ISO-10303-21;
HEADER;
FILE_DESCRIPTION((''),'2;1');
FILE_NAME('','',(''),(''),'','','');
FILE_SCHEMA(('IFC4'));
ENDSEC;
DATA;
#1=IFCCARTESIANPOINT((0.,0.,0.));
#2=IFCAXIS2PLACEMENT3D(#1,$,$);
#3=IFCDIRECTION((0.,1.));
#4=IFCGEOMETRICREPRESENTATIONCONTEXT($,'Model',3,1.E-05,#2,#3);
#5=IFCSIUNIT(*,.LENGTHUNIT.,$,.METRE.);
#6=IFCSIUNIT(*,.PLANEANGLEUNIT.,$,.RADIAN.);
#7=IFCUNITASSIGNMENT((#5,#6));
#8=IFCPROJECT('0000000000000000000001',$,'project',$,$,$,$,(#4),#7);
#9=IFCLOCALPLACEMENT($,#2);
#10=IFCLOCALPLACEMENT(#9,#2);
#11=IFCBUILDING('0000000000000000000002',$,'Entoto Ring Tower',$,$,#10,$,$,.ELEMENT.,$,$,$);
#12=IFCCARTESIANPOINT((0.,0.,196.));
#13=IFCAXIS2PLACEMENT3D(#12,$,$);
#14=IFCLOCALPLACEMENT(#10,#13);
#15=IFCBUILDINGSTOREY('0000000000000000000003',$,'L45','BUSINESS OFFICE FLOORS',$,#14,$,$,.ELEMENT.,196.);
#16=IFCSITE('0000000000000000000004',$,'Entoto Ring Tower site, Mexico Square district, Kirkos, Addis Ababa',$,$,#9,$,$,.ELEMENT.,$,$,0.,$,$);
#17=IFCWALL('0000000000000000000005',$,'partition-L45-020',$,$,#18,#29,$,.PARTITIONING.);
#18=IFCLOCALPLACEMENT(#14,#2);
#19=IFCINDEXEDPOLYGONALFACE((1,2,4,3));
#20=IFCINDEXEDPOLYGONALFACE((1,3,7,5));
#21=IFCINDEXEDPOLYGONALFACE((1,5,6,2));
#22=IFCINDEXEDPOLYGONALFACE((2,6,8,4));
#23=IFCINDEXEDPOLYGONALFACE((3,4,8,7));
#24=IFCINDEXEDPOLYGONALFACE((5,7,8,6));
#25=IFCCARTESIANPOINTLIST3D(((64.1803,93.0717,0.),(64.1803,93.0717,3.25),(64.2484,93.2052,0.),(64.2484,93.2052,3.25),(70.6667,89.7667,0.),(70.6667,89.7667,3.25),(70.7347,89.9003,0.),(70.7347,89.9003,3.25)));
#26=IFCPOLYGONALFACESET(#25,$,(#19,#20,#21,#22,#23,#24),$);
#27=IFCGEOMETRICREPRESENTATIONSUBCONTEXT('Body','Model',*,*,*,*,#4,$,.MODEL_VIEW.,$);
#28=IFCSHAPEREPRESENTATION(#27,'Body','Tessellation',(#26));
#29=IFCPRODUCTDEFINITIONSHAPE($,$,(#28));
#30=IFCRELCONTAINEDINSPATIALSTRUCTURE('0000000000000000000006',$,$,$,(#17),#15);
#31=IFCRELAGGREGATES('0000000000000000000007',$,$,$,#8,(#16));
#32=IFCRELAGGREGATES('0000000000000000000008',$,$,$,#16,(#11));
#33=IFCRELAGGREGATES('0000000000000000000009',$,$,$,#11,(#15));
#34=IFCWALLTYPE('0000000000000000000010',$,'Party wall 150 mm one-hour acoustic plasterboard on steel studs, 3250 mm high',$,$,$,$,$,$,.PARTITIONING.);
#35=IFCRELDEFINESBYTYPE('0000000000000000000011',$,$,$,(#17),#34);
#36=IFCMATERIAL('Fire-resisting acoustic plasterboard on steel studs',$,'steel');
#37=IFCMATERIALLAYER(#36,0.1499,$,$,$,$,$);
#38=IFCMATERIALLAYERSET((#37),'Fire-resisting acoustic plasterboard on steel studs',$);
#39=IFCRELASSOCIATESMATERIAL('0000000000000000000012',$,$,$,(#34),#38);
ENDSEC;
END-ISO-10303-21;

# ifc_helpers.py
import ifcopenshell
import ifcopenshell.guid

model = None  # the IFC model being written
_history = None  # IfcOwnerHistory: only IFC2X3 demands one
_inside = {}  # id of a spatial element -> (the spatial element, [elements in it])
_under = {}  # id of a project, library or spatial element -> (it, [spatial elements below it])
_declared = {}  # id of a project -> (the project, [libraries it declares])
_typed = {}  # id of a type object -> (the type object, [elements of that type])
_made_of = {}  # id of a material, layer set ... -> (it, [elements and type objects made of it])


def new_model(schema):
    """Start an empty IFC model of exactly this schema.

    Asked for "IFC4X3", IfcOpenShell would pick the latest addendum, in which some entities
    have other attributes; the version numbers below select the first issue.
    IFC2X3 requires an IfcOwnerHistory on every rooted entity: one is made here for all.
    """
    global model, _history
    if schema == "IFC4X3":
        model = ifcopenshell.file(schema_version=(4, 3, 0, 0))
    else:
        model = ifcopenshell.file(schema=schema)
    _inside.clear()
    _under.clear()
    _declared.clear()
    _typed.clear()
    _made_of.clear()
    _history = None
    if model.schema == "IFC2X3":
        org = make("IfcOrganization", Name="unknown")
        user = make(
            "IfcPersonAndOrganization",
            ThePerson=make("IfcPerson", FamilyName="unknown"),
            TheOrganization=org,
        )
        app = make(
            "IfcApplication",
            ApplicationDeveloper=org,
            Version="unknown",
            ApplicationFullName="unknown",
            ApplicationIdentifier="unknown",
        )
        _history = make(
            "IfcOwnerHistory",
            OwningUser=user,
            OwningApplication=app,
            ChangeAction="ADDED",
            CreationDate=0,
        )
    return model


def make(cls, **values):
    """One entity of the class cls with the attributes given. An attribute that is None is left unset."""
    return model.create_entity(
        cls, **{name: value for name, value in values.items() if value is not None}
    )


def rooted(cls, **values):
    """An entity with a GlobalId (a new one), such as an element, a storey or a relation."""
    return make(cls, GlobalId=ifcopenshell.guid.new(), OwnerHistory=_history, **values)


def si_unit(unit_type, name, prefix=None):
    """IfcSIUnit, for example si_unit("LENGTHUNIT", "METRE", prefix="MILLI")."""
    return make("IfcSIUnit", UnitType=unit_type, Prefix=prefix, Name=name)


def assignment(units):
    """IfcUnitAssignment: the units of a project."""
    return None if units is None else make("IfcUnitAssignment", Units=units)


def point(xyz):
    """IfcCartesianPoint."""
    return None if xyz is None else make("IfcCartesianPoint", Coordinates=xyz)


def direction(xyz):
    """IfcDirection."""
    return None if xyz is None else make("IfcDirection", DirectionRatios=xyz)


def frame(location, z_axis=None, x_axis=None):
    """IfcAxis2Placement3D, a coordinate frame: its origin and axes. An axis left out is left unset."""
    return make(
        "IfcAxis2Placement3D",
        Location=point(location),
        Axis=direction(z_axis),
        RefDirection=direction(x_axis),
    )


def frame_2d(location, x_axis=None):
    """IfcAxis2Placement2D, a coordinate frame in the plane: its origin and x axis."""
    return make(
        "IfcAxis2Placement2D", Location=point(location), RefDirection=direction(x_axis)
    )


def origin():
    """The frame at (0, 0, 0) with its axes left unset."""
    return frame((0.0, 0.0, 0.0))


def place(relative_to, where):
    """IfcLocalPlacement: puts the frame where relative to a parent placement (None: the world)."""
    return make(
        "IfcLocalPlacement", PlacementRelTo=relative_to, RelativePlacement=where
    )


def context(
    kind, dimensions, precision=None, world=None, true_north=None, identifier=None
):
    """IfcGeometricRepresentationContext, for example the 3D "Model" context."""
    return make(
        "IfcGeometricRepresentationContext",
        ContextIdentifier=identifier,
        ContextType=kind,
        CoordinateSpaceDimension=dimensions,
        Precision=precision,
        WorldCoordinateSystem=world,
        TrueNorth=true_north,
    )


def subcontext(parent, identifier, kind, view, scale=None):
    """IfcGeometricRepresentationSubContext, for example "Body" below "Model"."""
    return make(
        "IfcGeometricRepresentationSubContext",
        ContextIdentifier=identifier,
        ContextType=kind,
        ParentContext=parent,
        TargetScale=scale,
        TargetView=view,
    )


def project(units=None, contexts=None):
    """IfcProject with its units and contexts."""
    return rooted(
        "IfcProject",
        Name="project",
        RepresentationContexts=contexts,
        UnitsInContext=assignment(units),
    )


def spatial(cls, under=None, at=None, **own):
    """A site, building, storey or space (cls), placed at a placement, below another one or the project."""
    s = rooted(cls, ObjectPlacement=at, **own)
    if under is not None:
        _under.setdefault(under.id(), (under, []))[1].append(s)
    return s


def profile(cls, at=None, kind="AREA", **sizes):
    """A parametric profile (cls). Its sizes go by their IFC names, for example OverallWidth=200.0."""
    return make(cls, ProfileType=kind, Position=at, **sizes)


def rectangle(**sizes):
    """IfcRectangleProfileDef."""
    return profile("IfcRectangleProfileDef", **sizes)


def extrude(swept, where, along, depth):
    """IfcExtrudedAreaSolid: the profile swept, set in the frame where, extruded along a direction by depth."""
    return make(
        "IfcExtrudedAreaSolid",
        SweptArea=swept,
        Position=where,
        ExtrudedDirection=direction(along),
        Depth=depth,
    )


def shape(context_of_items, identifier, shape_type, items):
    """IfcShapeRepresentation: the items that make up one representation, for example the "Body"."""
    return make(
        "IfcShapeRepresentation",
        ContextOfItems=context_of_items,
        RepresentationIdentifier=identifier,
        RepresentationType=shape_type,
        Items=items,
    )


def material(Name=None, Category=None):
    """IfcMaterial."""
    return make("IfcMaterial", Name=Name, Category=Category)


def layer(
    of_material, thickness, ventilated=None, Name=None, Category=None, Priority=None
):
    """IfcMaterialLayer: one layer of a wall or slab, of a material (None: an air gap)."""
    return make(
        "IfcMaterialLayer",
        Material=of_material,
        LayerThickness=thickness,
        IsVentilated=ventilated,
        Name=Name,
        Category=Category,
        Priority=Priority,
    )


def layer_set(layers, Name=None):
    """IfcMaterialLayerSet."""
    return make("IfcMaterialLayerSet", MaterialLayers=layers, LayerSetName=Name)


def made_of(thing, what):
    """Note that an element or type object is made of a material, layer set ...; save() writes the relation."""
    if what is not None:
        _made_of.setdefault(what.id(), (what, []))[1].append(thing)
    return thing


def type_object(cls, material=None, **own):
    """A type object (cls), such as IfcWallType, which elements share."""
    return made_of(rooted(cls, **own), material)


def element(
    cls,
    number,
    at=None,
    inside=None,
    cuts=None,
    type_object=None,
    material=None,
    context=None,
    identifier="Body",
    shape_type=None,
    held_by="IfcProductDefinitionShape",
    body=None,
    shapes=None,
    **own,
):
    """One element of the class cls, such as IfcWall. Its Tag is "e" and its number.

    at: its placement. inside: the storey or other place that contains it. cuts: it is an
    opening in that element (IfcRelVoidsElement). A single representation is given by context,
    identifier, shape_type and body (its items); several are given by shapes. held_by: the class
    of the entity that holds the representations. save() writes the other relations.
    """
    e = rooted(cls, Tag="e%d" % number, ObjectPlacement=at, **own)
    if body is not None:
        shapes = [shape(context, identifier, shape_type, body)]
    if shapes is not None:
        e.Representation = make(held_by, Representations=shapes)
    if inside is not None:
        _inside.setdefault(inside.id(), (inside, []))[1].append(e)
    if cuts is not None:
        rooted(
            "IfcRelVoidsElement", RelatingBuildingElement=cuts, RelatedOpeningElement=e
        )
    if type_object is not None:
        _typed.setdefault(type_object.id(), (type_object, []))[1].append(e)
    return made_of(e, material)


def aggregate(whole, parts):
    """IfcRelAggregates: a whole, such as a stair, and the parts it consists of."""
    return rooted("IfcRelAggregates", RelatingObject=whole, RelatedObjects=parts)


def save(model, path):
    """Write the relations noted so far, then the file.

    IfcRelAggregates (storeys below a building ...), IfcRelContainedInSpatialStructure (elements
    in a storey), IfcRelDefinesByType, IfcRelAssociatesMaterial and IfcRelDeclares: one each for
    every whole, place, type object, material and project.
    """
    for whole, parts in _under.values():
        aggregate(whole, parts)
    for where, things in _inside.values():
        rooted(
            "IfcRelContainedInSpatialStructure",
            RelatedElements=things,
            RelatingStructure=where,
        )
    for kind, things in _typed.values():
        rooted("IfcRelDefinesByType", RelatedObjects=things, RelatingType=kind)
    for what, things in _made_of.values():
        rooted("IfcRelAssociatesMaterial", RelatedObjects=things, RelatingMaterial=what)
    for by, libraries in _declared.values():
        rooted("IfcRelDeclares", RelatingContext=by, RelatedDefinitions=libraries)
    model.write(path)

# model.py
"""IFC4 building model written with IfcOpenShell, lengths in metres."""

from ifc_helpers import new_model, si_unit, direction, frame, frame_2d, origin, place, context, subcontext, project, spatial, rectangle, extrude, material, layer, layer_set, type_object, element, save


model = new_model("IFC4")

# Units and contexts
model_context = context("Model", 3, precision=1e-05, world=origin(), true_north=direction((0.0, 1.0)))
body_context = subcontext(model_context, "Body", "Model", "MODEL_VIEW")
ifc_project = project(units=[si_unit("LENGTHUNIT", "METRE"), si_unit("PLANEANGLEUNIT", "RADIAN")], contexts=[model_context])

# Site, building, storey
site_placement = place(None, origin())
site = spatial("IfcSite", under=ifc_project, at=site_placement, Name="Entoto Ring Tower site, Mexico Square district, Kirkos, Addis Ababa", CompositionType="ELEMENT", RefElevation=0.0)
building_placement = place(site_placement, origin())
building = spatial("IfcBuilding", under=site, at=building_placement, Name="Entoto Ring Tower", CompositionType="ELEMENT")
storey_placement = place(building_placement, frame((0.0, 0.0, 196.0)))
storey = spatial("IfcBuildingStorey", under=building, at=storey_placement, Name="L45", Description="BUSINESS OFFICE FLOORS", CompositionType="ELEMENT", Elevation=196.0)

# Wall
ifc_material_1 = material(Name="Fire-resisting acoustic plasterboard on steel studs", Category="steel")
ifc_layer_1 = layer(ifc_material_1, 0.1499)
ifc_layer_set_1 = layer_set([ifc_layer_1], Name="Fire-resisting acoustic plasterboard on steel studs")
wall_type_1 = type_object("IfcWallType", Name="Party wall 150 mm one-hour acoustic plasterboard on steel studs, 3250 mm high", PredefinedType="PARTITIONING", material=ifc_layer_set_1)
wall_1_placement = place(storey_placement, frame((70.7007, 89.8335, 0.0), z_axis=(0.0, 0.0, 1.0), x_axis=(-0.891008, 0.453989, 0.0)))
element("IfcWall", 1, at=wall_1_placement, inside=storey, type_object=wall_type_1, Name="partition-L45-020", PredefinedType="PARTITIONING", context=body_context, shape_type="SweptSolid", body=[
    extrude(rectangle(XDim=7.2798, YDim=0.1499, at=frame_2d((3.6399, 0.0))), origin(), (0.0, 0.0, 1.0), 3.25),
])

save(model, "model.ifc")
